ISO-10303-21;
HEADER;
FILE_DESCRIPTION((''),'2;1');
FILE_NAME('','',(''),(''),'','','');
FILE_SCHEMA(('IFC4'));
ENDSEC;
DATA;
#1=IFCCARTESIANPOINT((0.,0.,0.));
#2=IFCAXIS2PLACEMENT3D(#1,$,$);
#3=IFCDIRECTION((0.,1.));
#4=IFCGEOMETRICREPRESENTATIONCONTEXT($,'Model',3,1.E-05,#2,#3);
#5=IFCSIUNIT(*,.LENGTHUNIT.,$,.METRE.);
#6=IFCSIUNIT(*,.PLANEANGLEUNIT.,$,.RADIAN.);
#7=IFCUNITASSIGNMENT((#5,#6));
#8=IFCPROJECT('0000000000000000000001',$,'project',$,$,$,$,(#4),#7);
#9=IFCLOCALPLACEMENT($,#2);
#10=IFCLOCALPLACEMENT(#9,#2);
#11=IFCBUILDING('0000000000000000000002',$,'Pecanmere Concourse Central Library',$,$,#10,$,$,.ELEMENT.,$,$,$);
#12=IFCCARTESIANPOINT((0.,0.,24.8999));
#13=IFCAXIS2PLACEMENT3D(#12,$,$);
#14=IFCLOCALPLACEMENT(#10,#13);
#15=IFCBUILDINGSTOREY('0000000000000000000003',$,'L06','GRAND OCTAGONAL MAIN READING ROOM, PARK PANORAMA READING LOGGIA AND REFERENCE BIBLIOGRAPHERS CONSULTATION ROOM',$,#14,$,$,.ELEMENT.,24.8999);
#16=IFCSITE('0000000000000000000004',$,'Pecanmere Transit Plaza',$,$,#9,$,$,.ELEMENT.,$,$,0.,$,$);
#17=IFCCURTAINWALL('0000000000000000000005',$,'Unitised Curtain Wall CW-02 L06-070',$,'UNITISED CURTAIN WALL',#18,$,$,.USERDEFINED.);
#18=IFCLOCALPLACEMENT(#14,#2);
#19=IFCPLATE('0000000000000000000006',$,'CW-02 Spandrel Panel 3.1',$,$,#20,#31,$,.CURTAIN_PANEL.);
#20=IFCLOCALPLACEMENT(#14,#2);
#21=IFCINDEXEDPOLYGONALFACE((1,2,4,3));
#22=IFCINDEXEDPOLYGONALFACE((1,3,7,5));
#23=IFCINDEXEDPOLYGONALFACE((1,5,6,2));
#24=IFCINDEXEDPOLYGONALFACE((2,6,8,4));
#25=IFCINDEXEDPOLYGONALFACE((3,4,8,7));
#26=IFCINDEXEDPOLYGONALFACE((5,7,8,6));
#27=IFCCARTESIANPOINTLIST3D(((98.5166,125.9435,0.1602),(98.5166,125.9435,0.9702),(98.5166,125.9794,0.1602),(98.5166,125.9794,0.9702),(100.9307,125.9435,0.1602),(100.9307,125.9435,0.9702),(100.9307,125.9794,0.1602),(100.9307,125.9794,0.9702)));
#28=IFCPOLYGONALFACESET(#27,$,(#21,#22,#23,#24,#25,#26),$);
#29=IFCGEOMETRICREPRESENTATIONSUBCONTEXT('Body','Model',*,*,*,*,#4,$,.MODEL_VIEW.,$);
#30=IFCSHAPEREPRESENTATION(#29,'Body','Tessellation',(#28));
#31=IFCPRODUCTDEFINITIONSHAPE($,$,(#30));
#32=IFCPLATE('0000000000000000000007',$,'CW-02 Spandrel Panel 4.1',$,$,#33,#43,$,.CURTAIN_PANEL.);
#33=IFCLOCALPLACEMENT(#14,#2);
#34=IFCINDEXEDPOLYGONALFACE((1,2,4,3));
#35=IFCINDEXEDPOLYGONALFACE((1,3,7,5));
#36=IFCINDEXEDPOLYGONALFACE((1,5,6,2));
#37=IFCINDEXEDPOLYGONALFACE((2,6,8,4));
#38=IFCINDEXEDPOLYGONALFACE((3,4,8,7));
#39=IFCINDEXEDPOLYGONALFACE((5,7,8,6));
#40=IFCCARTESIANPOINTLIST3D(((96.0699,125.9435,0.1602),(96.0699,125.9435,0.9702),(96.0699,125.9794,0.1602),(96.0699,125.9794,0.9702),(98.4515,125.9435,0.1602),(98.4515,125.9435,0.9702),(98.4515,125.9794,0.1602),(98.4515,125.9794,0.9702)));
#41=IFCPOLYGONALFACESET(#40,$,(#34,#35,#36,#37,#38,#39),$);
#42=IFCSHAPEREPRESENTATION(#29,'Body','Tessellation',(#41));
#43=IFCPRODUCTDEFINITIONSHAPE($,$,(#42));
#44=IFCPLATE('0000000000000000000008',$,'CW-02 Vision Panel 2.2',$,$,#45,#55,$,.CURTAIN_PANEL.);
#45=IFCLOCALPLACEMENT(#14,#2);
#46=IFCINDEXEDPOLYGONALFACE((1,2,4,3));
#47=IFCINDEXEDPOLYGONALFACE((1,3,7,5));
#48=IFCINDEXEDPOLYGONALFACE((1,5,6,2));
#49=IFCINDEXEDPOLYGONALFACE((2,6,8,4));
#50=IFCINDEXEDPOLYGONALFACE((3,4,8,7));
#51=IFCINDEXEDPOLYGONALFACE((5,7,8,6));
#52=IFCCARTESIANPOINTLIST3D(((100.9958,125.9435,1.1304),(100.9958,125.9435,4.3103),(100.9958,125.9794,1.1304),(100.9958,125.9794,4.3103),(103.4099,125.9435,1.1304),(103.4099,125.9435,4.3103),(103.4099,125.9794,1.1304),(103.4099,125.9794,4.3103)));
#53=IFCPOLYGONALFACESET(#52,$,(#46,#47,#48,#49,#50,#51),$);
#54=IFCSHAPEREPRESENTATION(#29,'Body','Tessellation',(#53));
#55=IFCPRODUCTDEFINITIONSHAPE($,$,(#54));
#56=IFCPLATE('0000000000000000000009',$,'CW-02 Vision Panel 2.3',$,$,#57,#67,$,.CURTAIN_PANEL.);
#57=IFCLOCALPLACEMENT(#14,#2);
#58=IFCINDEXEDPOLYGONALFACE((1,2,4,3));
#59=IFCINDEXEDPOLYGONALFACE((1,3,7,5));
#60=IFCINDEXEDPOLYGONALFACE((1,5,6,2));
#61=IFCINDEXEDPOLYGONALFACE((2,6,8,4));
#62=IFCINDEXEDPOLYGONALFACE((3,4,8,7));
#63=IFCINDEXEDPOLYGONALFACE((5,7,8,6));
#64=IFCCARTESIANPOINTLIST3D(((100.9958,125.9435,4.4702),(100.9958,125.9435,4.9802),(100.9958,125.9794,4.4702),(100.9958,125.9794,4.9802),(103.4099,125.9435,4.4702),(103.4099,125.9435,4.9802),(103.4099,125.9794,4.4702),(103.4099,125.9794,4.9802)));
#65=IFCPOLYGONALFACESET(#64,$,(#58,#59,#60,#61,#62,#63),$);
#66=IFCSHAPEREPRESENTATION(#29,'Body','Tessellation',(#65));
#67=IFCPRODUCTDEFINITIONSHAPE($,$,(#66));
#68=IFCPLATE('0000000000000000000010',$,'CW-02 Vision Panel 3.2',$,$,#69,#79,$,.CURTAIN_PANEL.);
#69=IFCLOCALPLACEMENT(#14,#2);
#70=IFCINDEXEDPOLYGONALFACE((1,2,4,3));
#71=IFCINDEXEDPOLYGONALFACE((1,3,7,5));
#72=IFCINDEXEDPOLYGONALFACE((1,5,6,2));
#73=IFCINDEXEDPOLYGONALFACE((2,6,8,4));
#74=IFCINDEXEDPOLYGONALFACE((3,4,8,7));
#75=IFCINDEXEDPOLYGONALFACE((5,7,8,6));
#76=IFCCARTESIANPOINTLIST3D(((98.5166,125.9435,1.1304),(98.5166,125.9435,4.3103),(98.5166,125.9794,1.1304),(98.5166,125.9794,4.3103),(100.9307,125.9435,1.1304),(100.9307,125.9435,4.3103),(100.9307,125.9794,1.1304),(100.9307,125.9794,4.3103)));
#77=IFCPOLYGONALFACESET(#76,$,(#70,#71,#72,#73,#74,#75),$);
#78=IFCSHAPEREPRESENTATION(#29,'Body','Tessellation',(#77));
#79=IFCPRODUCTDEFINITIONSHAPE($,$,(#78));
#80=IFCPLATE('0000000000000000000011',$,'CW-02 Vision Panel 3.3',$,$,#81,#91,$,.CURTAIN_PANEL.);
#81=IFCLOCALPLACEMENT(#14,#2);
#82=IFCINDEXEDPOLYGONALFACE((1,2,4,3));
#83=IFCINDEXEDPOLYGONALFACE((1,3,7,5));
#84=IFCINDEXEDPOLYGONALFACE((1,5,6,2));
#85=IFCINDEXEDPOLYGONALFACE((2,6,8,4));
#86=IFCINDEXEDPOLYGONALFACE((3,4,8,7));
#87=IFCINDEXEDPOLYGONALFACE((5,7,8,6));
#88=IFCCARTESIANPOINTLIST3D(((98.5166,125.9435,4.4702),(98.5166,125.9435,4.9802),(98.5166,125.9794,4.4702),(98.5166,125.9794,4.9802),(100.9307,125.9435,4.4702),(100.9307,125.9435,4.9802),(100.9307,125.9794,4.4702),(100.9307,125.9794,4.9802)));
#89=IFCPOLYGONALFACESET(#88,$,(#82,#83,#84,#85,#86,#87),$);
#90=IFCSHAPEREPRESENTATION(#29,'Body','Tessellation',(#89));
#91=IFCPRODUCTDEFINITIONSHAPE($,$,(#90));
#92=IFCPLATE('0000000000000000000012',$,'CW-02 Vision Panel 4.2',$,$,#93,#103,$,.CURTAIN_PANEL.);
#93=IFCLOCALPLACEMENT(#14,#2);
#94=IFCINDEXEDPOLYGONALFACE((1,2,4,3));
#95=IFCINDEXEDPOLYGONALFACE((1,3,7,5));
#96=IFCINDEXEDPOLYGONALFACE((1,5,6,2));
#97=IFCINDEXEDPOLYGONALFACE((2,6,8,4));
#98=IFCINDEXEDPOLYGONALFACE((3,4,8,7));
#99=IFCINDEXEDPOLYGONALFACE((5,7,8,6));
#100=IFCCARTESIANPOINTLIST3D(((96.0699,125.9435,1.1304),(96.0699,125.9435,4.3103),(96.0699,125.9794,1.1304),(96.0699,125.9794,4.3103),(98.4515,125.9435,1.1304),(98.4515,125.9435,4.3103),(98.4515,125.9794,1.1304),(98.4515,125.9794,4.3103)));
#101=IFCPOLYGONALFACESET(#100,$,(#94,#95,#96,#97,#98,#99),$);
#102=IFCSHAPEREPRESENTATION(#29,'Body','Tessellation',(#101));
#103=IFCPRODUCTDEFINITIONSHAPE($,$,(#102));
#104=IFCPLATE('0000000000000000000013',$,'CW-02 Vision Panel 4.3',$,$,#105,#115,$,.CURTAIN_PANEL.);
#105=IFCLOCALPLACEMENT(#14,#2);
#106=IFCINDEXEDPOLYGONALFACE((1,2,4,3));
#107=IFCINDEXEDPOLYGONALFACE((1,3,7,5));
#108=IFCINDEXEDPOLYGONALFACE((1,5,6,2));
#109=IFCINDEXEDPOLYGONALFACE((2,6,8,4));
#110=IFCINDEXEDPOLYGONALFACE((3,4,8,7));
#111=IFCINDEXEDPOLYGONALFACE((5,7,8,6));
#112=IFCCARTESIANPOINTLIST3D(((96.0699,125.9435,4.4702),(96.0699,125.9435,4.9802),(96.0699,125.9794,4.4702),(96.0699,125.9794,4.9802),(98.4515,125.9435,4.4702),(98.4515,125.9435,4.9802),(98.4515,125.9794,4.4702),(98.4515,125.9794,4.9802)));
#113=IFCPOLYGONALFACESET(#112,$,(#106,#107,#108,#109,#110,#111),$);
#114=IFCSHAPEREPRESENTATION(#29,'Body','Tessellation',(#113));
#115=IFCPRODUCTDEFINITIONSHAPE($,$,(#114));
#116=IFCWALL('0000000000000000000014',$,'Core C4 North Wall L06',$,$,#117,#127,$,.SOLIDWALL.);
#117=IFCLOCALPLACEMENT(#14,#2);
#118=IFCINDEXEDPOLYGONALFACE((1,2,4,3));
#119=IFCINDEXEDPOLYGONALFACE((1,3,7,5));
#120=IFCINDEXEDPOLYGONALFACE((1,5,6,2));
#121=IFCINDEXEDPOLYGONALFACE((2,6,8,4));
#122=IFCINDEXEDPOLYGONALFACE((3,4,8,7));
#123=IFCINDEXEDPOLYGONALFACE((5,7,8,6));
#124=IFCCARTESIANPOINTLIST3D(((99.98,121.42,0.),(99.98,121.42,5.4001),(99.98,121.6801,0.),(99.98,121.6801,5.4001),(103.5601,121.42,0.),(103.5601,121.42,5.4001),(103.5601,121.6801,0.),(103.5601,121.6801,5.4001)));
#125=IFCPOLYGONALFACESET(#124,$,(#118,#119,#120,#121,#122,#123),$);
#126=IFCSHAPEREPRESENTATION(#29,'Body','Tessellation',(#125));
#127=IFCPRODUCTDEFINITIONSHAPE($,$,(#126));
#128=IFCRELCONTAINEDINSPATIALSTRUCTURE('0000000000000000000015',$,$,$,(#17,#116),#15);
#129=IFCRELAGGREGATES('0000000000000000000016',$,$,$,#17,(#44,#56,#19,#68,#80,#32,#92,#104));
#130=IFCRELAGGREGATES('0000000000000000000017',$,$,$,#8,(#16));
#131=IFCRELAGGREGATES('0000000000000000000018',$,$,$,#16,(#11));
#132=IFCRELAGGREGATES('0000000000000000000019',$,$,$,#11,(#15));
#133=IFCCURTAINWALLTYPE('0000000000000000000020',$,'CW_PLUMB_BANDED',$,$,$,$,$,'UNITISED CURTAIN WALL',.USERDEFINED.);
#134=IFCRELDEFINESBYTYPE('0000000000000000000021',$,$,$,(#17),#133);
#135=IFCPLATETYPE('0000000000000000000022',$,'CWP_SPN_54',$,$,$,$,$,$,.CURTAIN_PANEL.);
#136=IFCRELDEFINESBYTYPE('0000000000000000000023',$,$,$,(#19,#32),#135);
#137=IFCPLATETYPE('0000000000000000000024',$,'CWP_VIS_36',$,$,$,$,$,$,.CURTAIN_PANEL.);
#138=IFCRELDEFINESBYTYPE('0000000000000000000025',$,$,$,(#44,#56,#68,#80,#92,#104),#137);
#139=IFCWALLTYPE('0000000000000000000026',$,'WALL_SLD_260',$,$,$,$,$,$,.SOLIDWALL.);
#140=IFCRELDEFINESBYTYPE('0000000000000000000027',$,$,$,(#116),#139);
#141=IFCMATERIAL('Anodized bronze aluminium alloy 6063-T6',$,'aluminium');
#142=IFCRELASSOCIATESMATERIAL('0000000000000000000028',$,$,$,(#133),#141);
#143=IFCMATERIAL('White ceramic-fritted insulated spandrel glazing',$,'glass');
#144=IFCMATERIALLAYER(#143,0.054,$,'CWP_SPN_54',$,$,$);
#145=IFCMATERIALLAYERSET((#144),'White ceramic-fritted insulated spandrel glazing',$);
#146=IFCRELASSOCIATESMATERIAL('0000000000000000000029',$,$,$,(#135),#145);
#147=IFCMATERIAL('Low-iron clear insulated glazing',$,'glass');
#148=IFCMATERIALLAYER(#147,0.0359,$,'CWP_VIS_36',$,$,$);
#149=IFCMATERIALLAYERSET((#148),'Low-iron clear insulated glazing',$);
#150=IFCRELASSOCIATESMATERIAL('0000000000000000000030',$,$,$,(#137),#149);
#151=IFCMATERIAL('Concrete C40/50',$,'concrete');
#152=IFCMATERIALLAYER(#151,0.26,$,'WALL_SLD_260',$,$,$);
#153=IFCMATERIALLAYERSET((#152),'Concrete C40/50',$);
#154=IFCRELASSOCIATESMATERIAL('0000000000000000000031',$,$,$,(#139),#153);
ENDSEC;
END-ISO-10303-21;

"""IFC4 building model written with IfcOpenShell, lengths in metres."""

from ifc_helpers import new_model, si_unit, direction, frame, frame_2d, origin, origin_2d, place, context, subcontext, project, spatial, rectangle, extrude, material, layer, layer_set, type_object, element, aggregate, save


model = new_model("IFC4")

# Units and contexts
model_context = context("Model", 3, precision=1e-05, world=origin(), true_north=direction((0.0, 1.0)))
body_context = subcontext(model_context, "Body", "Model", "MODEL_VIEW")
ifc_project = project(units=[si_unit("LENGTHUNIT", "METRE"), si_unit("PLANEANGLEUNIT", "RADIAN")], contexts=[model_context])

# Site, building, storey
site_placement = place(None, origin())
site = spatial("IfcSite", under=ifc_project, at=site_placement, Name="Pecanmere Transit Plaza", CompositionType="ELEMENT", RefElevation=0.0)
building_placement = place(site_placement, origin())
building = spatial("IfcBuilding", under=site, at=building_placement, Name="Pecanmere Concourse Central Library", CompositionType="ELEMENT")
storey_placement = place(building_placement, frame((0.0, 0.0, 24.8999)))
storey = spatial("IfcBuildingStorey", under=building, at=storey_placement, Name="L06", Description="GRAND OCTAGONAL MAIN READING ROOM, PARK PANORAMA READING LOGGIA AND REFERENCE BIBLIOGRAPHERS CONSULTATION ROOM", CompositionType="ELEMENT", Elevation=24.8999)

# Curtain wall, plates
ifc_material_1 = material(Name="Anodized bronze aluminium alloy 6063-T6", Category="aluminium")
curtain_wall_type = type_object("IfcCurtainWallType", Name="CW_PLUMB_BANDED", ElementType="UNITISED CURTAIN WALL", PredefinedType="USERDEFINED", material=ifc_material_1)
curtain_wall_placement = place(storey_placement, origin())
curtain_wall = element("IfcCurtainWall", 1, at=curtain_wall_placement, inside=storey, type_object=curtain_wall_type, Name="Unitised Curtain Wall CW-02 L06-070", ObjectType="UNITISED CURTAIN WALL", PredefinedType="USERDEFINED")
ifc_material_2 = material(Name="White ceramic-fritted insulated spandrel glazing", Category="glass")
ifc_layer_1 = layer(ifc_material_2, 0.054, Name="CWP_SPN_54")
ifc_layer_set_1 = layer_set([ifc_layer_1], Name="White ceramic-fritted insulated spandrel glazing")
plate_type_1 = type_object("IfcPlateType", Name="CWP_SPN_54", PredefinedType="CURTAIN_PANEL", material=ifc_layer_set_1)
plate_1_placement = place(storey_placement, frame((99.7236, 125.9614, 0.1602), z_axis=(0.0, 0.0, 1.0), x_axis=(-1.0, 0.0, 0.0)))
plate_1 = element("IfcPlate", 2, at=plate_1_placement, type_object=plate_type_1, Name="CW-02 Spandrel Panel 3.1", PredefinedType="CURTAIN_PANEL", context=body_context, shape_type="SweptSolid", body=[
    extrude(rectangle(XDim=2.4141, YDim=0.0359, at=origin_2d()), origin(), (0.0, 0.0, 1.0), 0.8101),
])
plate_2_placement = place(storey_placement, frame((97.2607, 125.9614, 0.1602), z_axis=(0.0, 0.0, 1.0), x_axis=(-1.0, 0.0, 0.0)))
plate_2 = element("IfcPlate", 3, at=plate_2_placement, type_object=plate_type_1, Name="CW-02 Spandrel Panel 4.1", PredefinedType="CURTAIN_PANEL", context=body_context, shape_type="SweptSolid", body=[
    extrude(rectangle(XDim=2.3816, YDim=0.0359, at=origin_2d()), origin(), (0.0, 0.0, 1.0), 0.8101),
])
ifc_material_3 = material(Name="Low-iron clear insulated glazing", Category="glass")
ifc_layer_2 = layer(ifc_material_3, 0.0359, Name="CWP_VIS_36")
ifc_layer_set_2 = layer_set([ifc_layer_2], Name="Low-iron clear insulated glazing")
plate_type_2 = type_object("IfcPlateType", Name="CWP_VIS_36", PredefinedType="CURTAIN_PANEL", material=ifc_layer_set_2)
plate_3_placement = place(storey_placement, frame((102.2029, 125.9614, 1.1304), z_axis=(0.0, 0.0, 1.0), x_axis=(-1.0, 0.0, 0.0)))
plate_3 = element("IfcPlate", 4, at=plate_3_placement, type_object=plate_type_2, Name="CW-02 Vision Panel 2.2", PredefinedType="CURTAIN_PANEL", context=body_context, shape_type="SweptSolid", body=[
    extrude(rectangle(XDim=2.4141, YDim=0.0359, at=origin_2d()), origin(), (0.0, 0.0, 1.0), 3.1799),
])
plate_4_placement = place(storey_placement, frame((102.2029, 125.9614, 4.4702), z_axis=(0.0, 0.0, 1.0), x_axis=(-1.0, 0.0, 0.0)))
plate_4 = element("IfcPlate", 5, at=plate_4_placement, type_object=plate_type_2, Name="CW-02 Vision Panel 2.3", PredefinedType="CURTAIN_PANEL", context=body_context, shape_type="SweptSolid", body=[
    extrude(rectangle(XDim=2.4141, YDim=0.0359, at=origin_2d()), origin(), (0.0, 0.0, 1.0), 0.51),
])
plate_5_placement = place(storey_placement, frame((99.7236, 125.9614, 1.1304), z_axis=(0.0, 0.0, 1.0), x_axis=(-1.0, 0.0, 0.0)))
plate_5 = element("IfcPlate", 6, at=plate_5_placement, type_object=plate_type_2, Name="CW-02 Vision Panel 3.2", PredefinedType="CURTAIN_PANEL", context=body_context, shape_type="SweptSolid", body=[
    extrude(rectangle(XDim=2.4141, YDim=0.0359, at=origin_2d()), origin(), (0.0, 0.0, 1.0), 3.1799),
])
plate_6_placement = place(storey_placement, frame((99.7236, 125.9614, 4.4702), z_axis=(0.0, 0.0, 1.0), x_axis=(-1.0, 0.0, 0.0)))
plate_6 = element("IfcPlate", 7, at=plate_6_placement, type_object=plate_type_2, Name="CW-02 Vision Panel 3.3", PredefinedType="CURTAIN_PANEL", context=body_context, shape_type="SweptSolid", body=[
    extrude(rectangle(XDim=2.4141, YDim=0.0359, at=origin_2d()), origin(), (0.0, 0.0, 1.0), 0.51),
])
plate_7_placement = place(storey_placement, frame((97.2607, 125.9614, 1.1304), z_axis=(0.0, 0.0, 1.0), x_axis=(-1.0, 0.0, 0.0)))
plate_7 = element("IfcPlate", 8, at=plate_7_placement, type_object=plate_type_2, Name="CW-02 Vision Panel 4.2", PredefinedType="CURTAIN_PANEL", context=body_context, shape_type="SweptSolid", body=[
    extrude(rectangle(XDim=2.3816, YDim=0.0359, at=origin_2d()), origin(), (0.0, 0.0, 1.0), 3.1799),
])
plate_8_placement = place(storey_placement, frame((97.2607, 125.9614, 4.4702), z_axis=(0.0, 0.0, 1.0), x_axis=(-1.0, 0.0, 0.0)))
plate_8 = element("IfcPlate", 9, at=plate_8_placement, type_object=plate_type_2, Name="CW-02 Vision Panel 4.3", PredefinedType="CURTAIN_PANEL", context=body_context, shape_type="SweptSolid", body=[
    extrude(rectangle(XDim=2.3816, YDim=0.0359, at=origin_2d()), origin(), (0.0, 0.0, 1.0), 0.51),
])
aggregate(curtain_wall, [plate_3, plate_4, plate_1, plate_5, plate_6, plate_2, plate_7, plate_8])

# Wall
ifc_material_4 = material(Name="Concrete C40/50", Category="concrete")
ifc_layer_3 = layer(ifc_material_4, 0.26, Name="WALL_SLD_260")
ifc_layer_set_3 = layer_set([ifc_layer_3], Name="Concrete C40/50")
wall_type = type_object("IfcWallType", Name="WALL_SLD_260", PredefinedType="SOLIDWALL", material=ifc_layer_set_3)
wall_placement = place(storey_placement, frame((99.98, 121.55, 0.0), z_axis=(0.0, 0.0, 1.0), x_axis=(1.0, 0.0, 0.0)))
element("IfcWall", 10, at=wall_placement, inside=storey, type_object=wall_type, Name="Core C4 North Wall L06", PredefinedType="SOLIDWALL", context=body_context, shape_type="SweptSolid", body=[
    extrude(rectangle(XDim=3.5801, YDim=0.26, at=frame_2d((1.79, 0.0))), origin(), (0.0, 0.0, 1.0), 5.4001),
])

save(model, "model.ifc")
